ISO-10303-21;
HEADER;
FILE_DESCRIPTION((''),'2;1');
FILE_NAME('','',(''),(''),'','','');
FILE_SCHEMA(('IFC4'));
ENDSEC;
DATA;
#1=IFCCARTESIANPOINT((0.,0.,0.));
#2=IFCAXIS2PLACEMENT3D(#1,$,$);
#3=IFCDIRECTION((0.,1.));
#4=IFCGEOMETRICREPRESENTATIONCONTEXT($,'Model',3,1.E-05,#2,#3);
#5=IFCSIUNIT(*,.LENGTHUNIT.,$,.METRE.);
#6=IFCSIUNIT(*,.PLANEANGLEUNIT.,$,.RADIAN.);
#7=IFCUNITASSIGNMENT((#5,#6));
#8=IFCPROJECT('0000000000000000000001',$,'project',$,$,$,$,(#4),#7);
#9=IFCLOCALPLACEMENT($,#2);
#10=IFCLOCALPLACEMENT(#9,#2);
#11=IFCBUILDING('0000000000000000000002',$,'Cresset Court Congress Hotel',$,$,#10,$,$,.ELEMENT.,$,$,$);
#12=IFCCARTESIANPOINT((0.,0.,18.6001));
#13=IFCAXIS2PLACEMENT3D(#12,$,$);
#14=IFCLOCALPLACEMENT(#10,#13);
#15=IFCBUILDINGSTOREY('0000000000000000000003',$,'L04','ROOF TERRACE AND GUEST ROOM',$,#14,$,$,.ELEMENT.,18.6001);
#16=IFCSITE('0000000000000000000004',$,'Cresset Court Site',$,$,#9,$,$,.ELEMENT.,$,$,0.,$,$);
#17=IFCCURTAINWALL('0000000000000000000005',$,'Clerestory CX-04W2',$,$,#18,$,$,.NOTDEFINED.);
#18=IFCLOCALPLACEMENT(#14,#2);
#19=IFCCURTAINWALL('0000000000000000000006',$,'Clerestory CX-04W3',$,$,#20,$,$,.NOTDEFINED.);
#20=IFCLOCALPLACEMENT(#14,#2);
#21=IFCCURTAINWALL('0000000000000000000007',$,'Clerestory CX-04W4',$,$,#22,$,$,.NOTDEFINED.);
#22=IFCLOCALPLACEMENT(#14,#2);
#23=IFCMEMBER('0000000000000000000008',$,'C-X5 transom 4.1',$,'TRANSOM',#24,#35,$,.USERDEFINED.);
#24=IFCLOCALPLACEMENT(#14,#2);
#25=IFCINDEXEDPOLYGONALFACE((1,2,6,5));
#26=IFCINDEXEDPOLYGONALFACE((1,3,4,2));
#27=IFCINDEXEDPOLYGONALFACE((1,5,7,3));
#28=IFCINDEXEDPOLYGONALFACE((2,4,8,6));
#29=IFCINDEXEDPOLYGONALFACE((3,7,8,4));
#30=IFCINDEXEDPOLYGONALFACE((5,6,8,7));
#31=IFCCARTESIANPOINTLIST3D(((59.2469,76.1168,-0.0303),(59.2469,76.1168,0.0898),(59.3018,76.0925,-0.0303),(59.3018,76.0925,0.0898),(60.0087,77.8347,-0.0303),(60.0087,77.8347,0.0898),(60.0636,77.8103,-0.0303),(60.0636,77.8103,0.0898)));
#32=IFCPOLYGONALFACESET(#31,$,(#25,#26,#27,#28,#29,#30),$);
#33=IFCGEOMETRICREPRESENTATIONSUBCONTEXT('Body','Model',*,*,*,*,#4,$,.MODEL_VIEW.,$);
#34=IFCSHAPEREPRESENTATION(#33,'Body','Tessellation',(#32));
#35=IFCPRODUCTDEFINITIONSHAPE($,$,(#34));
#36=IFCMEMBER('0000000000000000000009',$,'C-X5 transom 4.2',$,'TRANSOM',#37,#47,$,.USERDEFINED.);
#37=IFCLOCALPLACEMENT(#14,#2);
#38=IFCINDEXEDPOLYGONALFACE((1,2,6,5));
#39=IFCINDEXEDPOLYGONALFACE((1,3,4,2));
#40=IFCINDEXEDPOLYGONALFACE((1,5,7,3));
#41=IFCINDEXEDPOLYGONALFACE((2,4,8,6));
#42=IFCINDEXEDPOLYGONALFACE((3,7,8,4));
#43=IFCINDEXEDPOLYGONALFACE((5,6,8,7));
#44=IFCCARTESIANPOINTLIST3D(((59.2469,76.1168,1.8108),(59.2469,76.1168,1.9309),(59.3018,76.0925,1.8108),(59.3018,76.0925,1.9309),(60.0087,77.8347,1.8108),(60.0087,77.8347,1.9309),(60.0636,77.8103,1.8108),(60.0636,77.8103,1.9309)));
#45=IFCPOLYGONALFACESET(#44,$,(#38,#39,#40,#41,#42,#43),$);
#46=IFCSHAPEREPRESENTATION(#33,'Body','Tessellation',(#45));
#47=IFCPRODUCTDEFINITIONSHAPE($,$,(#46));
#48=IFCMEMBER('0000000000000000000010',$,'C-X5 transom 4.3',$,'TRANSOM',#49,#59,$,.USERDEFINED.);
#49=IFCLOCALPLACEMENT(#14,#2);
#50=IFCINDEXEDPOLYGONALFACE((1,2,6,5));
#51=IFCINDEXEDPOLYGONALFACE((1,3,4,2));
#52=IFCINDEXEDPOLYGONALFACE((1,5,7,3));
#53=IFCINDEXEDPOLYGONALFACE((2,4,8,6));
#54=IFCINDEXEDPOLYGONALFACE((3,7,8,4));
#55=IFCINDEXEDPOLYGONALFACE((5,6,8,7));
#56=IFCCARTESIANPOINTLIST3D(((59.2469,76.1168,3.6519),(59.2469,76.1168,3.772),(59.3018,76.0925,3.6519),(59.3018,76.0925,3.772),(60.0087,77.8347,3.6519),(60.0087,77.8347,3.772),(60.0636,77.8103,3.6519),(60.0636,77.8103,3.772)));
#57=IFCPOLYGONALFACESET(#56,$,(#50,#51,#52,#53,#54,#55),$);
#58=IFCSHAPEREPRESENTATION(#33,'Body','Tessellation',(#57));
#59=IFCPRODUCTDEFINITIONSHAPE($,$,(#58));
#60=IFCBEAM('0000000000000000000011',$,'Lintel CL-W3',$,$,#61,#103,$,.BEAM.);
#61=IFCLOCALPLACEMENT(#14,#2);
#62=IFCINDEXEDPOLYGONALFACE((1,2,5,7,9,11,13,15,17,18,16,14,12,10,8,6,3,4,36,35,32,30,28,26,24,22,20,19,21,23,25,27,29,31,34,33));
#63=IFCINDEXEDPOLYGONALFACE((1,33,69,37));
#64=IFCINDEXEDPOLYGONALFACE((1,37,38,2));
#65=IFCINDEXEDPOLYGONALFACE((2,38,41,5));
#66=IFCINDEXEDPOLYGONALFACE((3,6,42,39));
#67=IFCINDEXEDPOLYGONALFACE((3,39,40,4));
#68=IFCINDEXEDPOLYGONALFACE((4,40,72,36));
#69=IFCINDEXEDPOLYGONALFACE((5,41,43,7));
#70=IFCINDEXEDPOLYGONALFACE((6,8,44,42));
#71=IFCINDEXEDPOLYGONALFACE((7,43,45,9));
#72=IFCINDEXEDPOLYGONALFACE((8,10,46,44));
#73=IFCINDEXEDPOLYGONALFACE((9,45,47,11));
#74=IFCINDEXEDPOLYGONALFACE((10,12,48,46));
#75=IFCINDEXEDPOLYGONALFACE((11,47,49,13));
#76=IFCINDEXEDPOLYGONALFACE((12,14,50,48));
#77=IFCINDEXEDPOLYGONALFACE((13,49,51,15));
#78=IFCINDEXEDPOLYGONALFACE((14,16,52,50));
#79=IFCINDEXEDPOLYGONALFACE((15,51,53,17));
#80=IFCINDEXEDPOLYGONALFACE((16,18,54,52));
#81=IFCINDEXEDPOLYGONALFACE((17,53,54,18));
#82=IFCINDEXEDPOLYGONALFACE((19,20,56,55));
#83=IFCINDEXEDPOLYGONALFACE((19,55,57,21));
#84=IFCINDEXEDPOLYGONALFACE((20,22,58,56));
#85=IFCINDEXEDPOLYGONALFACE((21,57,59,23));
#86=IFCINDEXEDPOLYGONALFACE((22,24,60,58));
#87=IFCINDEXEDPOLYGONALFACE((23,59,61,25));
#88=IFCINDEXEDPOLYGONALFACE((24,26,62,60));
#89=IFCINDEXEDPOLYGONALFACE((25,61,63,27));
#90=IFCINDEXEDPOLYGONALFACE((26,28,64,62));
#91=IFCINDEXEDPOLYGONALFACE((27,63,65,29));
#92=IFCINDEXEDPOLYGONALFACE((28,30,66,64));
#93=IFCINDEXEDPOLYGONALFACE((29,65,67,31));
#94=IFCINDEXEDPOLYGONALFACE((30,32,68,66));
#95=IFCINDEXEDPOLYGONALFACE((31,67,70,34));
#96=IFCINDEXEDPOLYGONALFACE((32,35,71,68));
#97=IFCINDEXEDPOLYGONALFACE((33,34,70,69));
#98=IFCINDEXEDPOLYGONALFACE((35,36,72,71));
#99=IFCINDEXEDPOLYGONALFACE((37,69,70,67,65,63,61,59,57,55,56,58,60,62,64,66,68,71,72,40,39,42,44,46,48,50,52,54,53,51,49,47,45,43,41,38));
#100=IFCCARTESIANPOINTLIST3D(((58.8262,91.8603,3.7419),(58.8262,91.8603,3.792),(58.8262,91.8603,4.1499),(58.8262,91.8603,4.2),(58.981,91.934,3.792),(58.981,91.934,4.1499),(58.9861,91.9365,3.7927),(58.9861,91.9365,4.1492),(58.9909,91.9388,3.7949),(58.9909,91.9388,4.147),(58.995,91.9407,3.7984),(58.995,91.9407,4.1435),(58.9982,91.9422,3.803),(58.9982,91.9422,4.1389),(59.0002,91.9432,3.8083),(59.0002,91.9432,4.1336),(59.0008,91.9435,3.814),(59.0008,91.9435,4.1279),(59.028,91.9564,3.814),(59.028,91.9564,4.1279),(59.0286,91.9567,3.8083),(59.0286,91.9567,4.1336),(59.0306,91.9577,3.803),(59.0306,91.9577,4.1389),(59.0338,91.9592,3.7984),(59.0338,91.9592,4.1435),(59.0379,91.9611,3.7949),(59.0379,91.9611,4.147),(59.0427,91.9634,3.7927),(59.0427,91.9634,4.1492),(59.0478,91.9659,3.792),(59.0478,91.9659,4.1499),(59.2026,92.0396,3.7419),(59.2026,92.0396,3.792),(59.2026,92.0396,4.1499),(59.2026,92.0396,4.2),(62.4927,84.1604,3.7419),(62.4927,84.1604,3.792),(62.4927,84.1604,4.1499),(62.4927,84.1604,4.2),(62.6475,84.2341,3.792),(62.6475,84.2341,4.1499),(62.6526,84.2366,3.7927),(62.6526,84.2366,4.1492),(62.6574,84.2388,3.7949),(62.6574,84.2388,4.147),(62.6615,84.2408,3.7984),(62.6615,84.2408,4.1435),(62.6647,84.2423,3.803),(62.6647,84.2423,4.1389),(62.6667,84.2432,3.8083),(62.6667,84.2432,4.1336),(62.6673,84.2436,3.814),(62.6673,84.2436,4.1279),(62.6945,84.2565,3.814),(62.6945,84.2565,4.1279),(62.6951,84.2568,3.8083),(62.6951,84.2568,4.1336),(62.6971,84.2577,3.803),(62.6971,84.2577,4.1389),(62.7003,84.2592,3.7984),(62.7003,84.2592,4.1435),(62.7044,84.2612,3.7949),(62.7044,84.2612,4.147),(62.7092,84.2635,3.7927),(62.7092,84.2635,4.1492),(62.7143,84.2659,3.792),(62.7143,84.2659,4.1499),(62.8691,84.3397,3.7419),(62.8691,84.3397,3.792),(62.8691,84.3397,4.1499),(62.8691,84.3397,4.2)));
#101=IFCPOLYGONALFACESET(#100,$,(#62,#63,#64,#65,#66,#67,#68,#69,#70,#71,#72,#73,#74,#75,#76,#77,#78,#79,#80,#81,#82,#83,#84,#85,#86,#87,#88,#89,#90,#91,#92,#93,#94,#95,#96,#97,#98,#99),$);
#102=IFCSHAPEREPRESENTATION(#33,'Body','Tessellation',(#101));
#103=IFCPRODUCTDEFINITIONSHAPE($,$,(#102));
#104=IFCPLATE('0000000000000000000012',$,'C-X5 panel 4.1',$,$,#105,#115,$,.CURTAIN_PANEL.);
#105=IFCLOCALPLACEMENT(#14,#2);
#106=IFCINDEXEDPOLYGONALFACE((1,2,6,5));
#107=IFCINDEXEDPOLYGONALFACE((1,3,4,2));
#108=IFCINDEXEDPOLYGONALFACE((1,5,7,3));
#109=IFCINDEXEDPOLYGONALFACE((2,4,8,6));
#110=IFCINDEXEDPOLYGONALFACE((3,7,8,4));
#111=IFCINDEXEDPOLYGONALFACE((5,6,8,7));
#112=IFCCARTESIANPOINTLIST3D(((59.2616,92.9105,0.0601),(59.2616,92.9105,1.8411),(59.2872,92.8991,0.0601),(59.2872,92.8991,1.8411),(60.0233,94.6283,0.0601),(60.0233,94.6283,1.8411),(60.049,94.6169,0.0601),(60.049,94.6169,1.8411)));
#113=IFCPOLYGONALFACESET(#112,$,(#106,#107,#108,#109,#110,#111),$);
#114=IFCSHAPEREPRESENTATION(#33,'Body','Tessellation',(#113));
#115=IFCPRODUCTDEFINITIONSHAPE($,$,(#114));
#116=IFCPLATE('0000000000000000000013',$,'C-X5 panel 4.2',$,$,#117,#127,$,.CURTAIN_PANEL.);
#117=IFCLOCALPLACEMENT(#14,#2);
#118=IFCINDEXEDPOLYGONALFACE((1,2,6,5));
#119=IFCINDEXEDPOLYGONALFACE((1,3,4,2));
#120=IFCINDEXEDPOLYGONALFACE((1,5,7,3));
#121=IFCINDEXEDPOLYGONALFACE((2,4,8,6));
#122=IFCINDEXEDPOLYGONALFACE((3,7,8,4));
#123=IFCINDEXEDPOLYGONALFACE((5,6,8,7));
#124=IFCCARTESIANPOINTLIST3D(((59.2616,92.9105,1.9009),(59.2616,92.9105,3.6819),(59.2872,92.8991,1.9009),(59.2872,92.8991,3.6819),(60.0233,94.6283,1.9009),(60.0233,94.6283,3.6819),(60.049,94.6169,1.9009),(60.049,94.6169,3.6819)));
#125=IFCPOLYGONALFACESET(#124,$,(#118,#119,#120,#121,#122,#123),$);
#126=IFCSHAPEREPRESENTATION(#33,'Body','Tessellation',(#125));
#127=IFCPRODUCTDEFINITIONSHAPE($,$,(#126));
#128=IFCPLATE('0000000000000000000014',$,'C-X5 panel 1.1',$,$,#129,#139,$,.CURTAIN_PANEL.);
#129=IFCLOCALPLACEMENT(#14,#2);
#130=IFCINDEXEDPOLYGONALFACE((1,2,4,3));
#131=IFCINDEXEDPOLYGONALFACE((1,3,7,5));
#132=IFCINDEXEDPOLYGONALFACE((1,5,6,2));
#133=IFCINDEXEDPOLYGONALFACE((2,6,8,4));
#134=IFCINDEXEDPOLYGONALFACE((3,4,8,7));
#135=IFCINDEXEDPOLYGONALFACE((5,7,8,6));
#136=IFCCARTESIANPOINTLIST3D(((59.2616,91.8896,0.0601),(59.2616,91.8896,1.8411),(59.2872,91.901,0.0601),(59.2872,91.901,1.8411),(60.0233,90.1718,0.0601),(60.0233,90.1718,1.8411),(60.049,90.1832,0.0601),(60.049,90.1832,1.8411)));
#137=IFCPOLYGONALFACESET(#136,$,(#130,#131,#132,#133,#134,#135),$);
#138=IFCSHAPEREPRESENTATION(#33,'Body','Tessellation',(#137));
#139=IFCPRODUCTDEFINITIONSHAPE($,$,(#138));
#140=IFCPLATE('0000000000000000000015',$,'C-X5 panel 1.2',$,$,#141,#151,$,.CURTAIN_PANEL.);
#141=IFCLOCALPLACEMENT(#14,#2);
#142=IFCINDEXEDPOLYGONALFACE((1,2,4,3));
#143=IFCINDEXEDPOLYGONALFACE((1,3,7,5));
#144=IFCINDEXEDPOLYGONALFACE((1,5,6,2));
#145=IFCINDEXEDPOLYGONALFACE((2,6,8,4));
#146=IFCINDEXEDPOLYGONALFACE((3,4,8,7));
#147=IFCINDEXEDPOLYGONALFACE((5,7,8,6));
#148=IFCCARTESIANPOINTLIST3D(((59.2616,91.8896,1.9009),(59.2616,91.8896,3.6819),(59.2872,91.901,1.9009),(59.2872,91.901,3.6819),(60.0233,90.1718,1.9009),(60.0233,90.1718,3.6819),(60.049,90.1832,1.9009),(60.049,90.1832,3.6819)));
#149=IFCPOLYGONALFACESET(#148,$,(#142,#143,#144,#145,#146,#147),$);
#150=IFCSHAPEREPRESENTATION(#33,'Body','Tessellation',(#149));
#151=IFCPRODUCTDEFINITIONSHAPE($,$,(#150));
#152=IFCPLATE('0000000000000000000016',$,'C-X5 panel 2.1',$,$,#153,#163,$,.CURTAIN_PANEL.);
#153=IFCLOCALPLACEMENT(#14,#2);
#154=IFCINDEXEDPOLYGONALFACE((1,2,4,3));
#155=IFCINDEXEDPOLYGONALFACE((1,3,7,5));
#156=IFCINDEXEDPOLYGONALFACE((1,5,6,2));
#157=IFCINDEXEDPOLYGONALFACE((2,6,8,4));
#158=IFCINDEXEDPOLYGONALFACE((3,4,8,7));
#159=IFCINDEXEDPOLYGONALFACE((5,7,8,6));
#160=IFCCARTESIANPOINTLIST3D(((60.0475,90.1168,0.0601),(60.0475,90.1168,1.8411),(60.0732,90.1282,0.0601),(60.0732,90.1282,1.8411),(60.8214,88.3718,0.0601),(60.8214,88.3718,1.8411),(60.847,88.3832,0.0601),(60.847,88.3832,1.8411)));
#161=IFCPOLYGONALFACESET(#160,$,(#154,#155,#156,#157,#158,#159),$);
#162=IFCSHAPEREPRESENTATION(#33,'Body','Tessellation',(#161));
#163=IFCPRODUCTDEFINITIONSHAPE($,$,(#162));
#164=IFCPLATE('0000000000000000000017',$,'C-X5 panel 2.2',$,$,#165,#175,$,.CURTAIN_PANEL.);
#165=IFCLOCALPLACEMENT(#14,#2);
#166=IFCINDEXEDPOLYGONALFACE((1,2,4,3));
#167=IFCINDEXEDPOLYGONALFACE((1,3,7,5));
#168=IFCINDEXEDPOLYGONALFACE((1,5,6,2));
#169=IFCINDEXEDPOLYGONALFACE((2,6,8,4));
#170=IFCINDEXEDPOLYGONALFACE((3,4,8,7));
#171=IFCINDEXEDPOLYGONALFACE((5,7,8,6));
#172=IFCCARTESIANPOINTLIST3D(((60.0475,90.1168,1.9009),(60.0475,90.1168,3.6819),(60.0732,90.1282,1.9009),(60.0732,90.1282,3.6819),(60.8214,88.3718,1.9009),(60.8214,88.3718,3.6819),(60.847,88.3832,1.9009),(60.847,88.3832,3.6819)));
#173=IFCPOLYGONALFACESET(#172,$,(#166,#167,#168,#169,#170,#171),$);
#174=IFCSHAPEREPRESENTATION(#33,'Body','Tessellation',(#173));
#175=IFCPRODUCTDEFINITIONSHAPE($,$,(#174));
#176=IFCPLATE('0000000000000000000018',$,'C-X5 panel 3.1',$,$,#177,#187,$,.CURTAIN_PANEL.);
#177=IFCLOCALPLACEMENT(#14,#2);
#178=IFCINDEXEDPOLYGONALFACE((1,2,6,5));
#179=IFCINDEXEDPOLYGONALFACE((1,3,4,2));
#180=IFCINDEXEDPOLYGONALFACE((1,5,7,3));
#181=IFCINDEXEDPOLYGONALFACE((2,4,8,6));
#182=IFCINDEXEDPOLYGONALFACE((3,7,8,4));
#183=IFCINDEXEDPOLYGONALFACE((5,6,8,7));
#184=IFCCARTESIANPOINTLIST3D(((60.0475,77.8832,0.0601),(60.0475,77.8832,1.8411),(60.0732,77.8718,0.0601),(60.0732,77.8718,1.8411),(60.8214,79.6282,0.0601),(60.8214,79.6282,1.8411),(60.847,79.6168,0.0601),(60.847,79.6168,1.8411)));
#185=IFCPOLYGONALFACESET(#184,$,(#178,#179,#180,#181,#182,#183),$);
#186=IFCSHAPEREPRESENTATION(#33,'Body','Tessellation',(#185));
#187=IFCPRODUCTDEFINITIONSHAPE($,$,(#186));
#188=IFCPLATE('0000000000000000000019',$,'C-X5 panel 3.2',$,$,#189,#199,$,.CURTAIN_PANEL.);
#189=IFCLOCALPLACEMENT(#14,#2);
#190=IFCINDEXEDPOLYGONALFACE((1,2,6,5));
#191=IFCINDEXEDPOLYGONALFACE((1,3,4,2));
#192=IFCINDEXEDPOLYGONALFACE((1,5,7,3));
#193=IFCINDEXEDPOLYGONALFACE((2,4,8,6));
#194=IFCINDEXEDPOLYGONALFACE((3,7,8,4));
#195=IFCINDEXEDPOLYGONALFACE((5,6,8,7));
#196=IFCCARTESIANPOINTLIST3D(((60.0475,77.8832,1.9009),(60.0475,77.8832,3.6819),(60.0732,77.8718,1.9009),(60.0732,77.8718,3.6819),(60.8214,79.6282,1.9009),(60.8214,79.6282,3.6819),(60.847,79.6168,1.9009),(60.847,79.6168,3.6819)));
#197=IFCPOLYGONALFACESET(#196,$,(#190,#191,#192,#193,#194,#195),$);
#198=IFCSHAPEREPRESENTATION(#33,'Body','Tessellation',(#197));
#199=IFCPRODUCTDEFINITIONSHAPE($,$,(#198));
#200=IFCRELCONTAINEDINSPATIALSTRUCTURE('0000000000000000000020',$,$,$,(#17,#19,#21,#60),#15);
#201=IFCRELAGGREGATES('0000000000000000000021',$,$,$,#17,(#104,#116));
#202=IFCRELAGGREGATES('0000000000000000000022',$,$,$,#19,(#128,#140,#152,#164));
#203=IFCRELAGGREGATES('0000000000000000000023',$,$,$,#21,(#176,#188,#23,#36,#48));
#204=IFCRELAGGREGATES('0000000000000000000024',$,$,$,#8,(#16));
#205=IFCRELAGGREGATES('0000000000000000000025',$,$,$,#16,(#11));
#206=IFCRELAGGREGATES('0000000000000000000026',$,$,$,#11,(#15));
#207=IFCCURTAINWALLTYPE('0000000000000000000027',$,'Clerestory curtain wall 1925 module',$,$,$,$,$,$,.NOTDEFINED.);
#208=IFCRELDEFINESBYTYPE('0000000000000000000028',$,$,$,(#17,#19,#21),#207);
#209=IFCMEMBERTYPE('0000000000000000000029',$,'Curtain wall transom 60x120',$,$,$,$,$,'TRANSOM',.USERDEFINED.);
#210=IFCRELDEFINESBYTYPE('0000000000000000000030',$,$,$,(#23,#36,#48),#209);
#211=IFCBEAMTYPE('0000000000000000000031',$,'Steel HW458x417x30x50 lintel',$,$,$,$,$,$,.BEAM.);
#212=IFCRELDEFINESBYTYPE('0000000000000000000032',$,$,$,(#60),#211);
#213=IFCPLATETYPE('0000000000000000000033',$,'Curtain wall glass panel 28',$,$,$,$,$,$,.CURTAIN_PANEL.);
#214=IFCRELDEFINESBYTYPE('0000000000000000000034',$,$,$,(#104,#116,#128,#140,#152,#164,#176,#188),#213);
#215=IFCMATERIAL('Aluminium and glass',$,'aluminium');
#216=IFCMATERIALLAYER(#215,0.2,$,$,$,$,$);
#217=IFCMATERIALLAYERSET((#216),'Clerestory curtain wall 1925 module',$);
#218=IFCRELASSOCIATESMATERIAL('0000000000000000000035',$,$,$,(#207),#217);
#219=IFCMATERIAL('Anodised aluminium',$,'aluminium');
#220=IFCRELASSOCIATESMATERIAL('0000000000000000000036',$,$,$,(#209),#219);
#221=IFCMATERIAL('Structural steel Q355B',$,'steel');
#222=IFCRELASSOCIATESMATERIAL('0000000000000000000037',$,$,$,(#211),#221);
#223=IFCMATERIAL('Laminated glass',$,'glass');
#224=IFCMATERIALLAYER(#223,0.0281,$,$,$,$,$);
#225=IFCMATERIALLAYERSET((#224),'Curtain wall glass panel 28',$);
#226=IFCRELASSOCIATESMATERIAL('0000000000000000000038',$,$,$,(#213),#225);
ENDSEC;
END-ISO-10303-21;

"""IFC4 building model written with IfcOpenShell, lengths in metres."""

from ifc_helpers import new_model, si_unit, direction, frame, origin, origin_2d, place, context, subcontext, project, spatial, rectangle, i_section, extrude, material, layer, layer_set, material_profile, profile_set, type_object, element, aggregate, save


model = new_model("IFC4")

# Units and contexts
model_context = context("Model", 3, precision=1e-05, world=origin(), true_north=direction((0.0, 1.0)))
body_context = subcontext(model_context, "Body", "Model", "MODEL_VIEW")
ifc_project = project(units=[si_unit("LENGTHUNIT", "METRE"), si_unit("PLANEANGLEUNIT", "RADIAN")], contexts=[model_context])

# Site, building, storey
site_placement = place(None, origin())
site = spatial("IfcSite", under=ifc_project, at=site_placement, Name="Cresset Court Site", CompositionType="ELEMENT", RefElevation=0.0)
building_placement = place(site_placement, origin())
building = spatial("IfcBuilding", under=site, at=building_placement, Name="Cresset Court Congress Hotel", CompositionType="ELEMENT")
storey_placement = place(building_placement, frame((0.0, 0.0, 18.6001)))
storey = spatial("IfcBuildingStorey", under=building, at=storey_placement, Name="L04", Description="ROOF TERRACE AND GUEST ROOM", CompositionType="ELEMENT", Elevation=18.6001)

# Curtain wall
ifc_material_1 = material(Name="Aluminium and glass", Category="aluminium")
ifc_layer_1 = layer(ifc_material_1, 0.2)
ifc_layer_set_1 = layer_set([ifc_layer_1], Name="Clerestory curtain wall 1925 module")
curtain_wall_type = type_object("IfcCurtainWallType", Name="Clerestory curtain wall 1925 module", PredefinedType="NOTDEFINED", material=ifc_layer_set_1)
curtain_wall_1_placement = place(storey_placement, origin())
curtain_wall_1 = element("IfcCurtainWall", 1, at=curtain_wall_1_placement, inside=storey, type_object=curtain_wall_type, Name="Clerestory CX-04W2", PredefinedType="NOTDEFINED")

# Curtain wall
curtain_wall_2_placement = place(storey_placement, origin())
curtain_wall_2 = element("IfcCurtainWall", 2, at=curtain_wall_2_placement, inside=storey, type_object=curtain_wall_type, Name="Clerestory CX-04W3", PredefinedType="NOTDEFINED")

# Curtain wall
curtain_wall_3_placement = place(storey_placement, origin())
curtain_wall_3 = element("IfcCurtainWall", 3, at=curtain_wall_3_placement, inside=storey, type_object=curtain_wall_type, Name="Clerestory CX-04W4", PredefinedType="NOTDEFINED")

# Members
ifc_material_2 = material(Name="Anodised aluminium", Category="aluminium")
ifc_material_profile_1 = material_profile(ifc_material_2, rectangle(XDim=0.0601, YDim=0.1201, at=origin_2d()), Name="AL60x120")
ifc_profile_set_1 = profile_set([ifc_material_profile_1], Name="Anodised aluminium")
member_type_1 = type_object("IfcMemberType", Name="Curtain wall transom 60x120", ElementType="TRANSOM", PredefinedType="USERDEFINED", material=ifc_profile_set_1)
member_1_placement = place(storey_placement, frame((60.0361, 77.8225, 0.0298), z_axis=(-0.405367, -0.914154, 0.0), x_axis=(0.914154, -0.405367, 0.0)))
member_1 = element("IfcMember", 4, at=member_1_placement, type_object=member_type_1, Name="C-X5 transom 4.1", ObjectType="TRANSOM", PredefinedType="USERDEFINED", context=body_context, shape_type="SweptSolid", body=[
    extrude(rectangle(XDim=0.0601, YDim=0.1201, at=origin_2d()), origin(), (0.0, 0.0, 1.0), 1.8792),
])
member_2_placement = place(storey_placement, frame((60.0361, 77.8225, 1.8708), z_axis=(-0.405367, -0.914154, 0.0), x_axis=(0.914154, -0.405367, 0.0)))
member_2 = element("IfcMember", 5, at=member_2_placement, type_object=member_type_1, Name="C-X5 transom 4.2", ObjectType="TRANSOM", PredefinedType="USERDEFINED", context=body_context, shape_type="SweptSolid", body=[
    extrude(rectangle(XDim=0.0601, YDim=0.1201, at=origin_2d()), origin(), (0.0, 0.0, 1.0), 1.8792),
])
member_3_placement = place(storey_placement, frame((60.0361, 77.8225, 3.7119), z_axis=(-0.405367, -0.914154, 0.0), x_axis=(0.914154, -0.405367, 0.0)))
member_3 = element("IfcMember", 6, at=member_3_placement, type_object=member_type_1, Name="C-X5 transom 4.3", ObjectType="TRANSOM", PredefinedType="USERDEFINED", context=body_context, shape_type="SweptSolid", body=[
    extrude(rectangle(XDim=0.0601, YDim=0.1201, at=origin_2d()), origin(), (0.0, 0.0, 1.0), 1.8792),
])

# Beam
ifc_material_3 = material(Name="Structural steel Q355B", Category="steel")
ifc_material_profile_2 = material_profile(ifc_material_3, i_section(OverallWidth=0.417, OverallDepth=0.458, WebThickness=0.03, FlangeThickness=0.05, FilletRadius=0.022, at=origin_2d()), Name="HW458x417x30x50")
ifc_profile_set_2 = profile_set([ifc_material_profile_2], Name="Structural steel Q355B")
beam_type = type_object("IfcBeamType", Name="Steel HW458x417x30x50 lintel", PredefinedType="BEAM", material=ifc_profile_set_2)
beam_placement = place(storey_placement, frame((59.0144, 91.95, 3.9709), z_axis=(0.42992, -0.902867, 0.0), x_axis=(0.902867, 0.42992, 0.0)))
element("IfcBeam", 7, at=beam_placement, inside=storey, type_object=beam_type, Name="Lintel CL-W3", PredefinedType="BEAM", context=body_context, shape_type="SweptSolid", body=[
    extrude(i_section(OverallWidth=0.417, OverallDepth=0.458, WebThickness=0.03, FlangeThickness=0.05, FilletRadius=0.022, at=origin_2d()), origin(), (0.0, 0.0, 1.0), 8.5283),
])

# Plates
ifc_material_4 = material(Name="Laminated glass", Category="glass")
ifc_layer_2 = layer(ifc_material_4, 0.0281)
ifc_layer_set_2 = layer_set([ifc_layer_2], Name="Curtain wall glass panel 28")
plate_type = type_object("IfcPlateType", Name="Curtain wall glass panel 28", PredefinedType="CURTAIN_PANEL", material=ifc_layer_set_2)
plate_1_placement = place(storey_placement, frame((59.6553, 93.7637, 0.0601), z_axis=(0.0, 0.0, 1.0), x_axis=(-0.405381, -0.914148, 0.0)))
plate_1 = element("IfcPlate", 8, at=plate_1_placement, type_object=plate_type, Name="C-X5 panel 4.1", PredefinedType="CURTAIN_PANEL", context=body_context, shape_type="SweptSolid", body=[
    extrude(rectangle(XDim=1.8792, YDim=0.0281, at=origin_2d()), origin(), (0.0, 0.0, 1.0), 1.781),
])
plate_2_placement = place(storey_placement, frame((59.6553, 93.7637, 1.9009), z_axis=(0.0, 0.0, 1.0), x_axis=(-0.405381, -0.914148, 0.0)))
plate_2 = element("IfcPlate", 9, at=plate_2_placement, type_object=plate_type, Name="C-X5 panel 4.2", PredefinedType="CURTAIN_PANEL", context=body_context, shape_type="SweptSolid", body=[
    extrude(rectangle(XDim=1.8792, YDim=0.0281, at=origin_2d()), origin(), (0.0, 0.0, 1.0), 1.781),
])
aggregate(curtain_wall_1, [plate_1, plate_2])
plate_3_placement = place(storey_placement, frame((59.6553, 91.0364, 0.0601), z_axis=(0.0, 0.0, 1.0), x_axis=(0.405381, -0.914148, 0.0)))
plate_3 = element("IfcPlate", 10, at=plate_3_placement, type_object=plate_type, Name="C-X5 panel 1.1", PredefinedType="CURTAIN_PANEL", context=body_context, shape_type="SweptSolid", body=[
    extrude(rectangle(XDim=1.8792, YDim=0.0281, at=origin_2d()), origin(), (0.0, 0.0, 1.0), 1.781),
])
plate_4_placement = place(storey_placement, frame((59.6553, 91.0364, 1.9009), z_axis=(0.0, 0.0, 1.0), x_axis=(0.405381, -0.914148, 0.0)))
plate_4 = element("IfcPlate", 11, at=plate_4_placement, type_object=plate_type, Name="C-X5 panel 1.2", PredefinedType="CURTAIN_PANEL", context=body_context, shape_type="SweptSolid", body=[
    extrude(rectangle(XDim=1.8792, YDim=0.0281, at=origin_2d()), origin(), (0.0, 0.0, 1.0), 1.781),
])
plate_5_placement = place(storey_placement, frame((60.4473, 89.25, 0.0601), z_axis=(0.0, 0.0, 1.0), x_axis=(0.405381, -0.914148, 0.0)))
plate_5 = element("IfcPlate", 12, at=plate_5_placement, type_object=plate_type, Name="C-X5 panel 2.1", PredefinedType="CURTAIN_PANEL", context=body_context, shape_type="SweptSolid", body=[
    extrude(rectangle(XDim=1.9089, YDim=0.0281, at=origin_2d()), origin(), (0.0, 0.0, 1.0), 1.781),
])
plate_6_placement = place(storey_placement, frame((60.4473, 89.25, 1.9009), z_axis=(0.0, 0.0, 1.0), x_axis=(0.405381, -0.914148, 0.0)))
plate_6 = element("IfcPlate", 13, at=plate_6_placement, type_object=plate_type, Name="C-X5 panel 2.2", PredefinedType="CURTAIN_PANEL", context=body_context, shape_type="SweptSolid", body=[
    extrude(rectangle(XDim=1.9089, YDim=0.0281, at=origin_2d()), origin(), (0.0, 0.0, 1.0), 1.781),
])
aggregate(curtain_wall_2, [plate_3, plate_4, plate_5, plate_6])
plate_7_placement = place(storey_placement, frame((60.4473, 78.75, 0.0601), z_axis=(0.0, 0.0, 1.0), x_axis=(-0.405381, -0.914148, 0.0)))
plate_7 = element("IfcPlate", 14, at=plate_7_placement, type_object=plate_type, Name="C-X5 panel 3.1", PredefinedType="CURTAIN_PANEL", context=body_context, shape_type="SweptSolid", body=[
    extrude(rectangle(XDim=1.9089, YDim=0.0281, at=origin_2d()), origin(), (0.0, 0.0, 1.0), 1.781),
])
plate_8_placement = place(storey_placement, frame((60.4473, 78.75, 1.9009), z_axis=(0.0, 0.0, 1.0), x_axis=(-0.405381, -0.914148, 0.0)))
plate_8 = element("IfcPlate", 15, at=plate_8_placement, type_object=plate_type, Name="C-X5 panel 3.2", PredefinedType="CURTAIN_PANEL", context=body_context, shape_type="SweptSolid", body=[
    extrude(rectangle(XDim=1.9089, YDim=0.0281, at=origin_2d()), origin(), (0.0, 0.0, 1.0), 1.781),
])
aggregate(curtain_wall_3, [plate_7, plate_8, member_1, member_2, member_3])

save(model, "model.ifc")
